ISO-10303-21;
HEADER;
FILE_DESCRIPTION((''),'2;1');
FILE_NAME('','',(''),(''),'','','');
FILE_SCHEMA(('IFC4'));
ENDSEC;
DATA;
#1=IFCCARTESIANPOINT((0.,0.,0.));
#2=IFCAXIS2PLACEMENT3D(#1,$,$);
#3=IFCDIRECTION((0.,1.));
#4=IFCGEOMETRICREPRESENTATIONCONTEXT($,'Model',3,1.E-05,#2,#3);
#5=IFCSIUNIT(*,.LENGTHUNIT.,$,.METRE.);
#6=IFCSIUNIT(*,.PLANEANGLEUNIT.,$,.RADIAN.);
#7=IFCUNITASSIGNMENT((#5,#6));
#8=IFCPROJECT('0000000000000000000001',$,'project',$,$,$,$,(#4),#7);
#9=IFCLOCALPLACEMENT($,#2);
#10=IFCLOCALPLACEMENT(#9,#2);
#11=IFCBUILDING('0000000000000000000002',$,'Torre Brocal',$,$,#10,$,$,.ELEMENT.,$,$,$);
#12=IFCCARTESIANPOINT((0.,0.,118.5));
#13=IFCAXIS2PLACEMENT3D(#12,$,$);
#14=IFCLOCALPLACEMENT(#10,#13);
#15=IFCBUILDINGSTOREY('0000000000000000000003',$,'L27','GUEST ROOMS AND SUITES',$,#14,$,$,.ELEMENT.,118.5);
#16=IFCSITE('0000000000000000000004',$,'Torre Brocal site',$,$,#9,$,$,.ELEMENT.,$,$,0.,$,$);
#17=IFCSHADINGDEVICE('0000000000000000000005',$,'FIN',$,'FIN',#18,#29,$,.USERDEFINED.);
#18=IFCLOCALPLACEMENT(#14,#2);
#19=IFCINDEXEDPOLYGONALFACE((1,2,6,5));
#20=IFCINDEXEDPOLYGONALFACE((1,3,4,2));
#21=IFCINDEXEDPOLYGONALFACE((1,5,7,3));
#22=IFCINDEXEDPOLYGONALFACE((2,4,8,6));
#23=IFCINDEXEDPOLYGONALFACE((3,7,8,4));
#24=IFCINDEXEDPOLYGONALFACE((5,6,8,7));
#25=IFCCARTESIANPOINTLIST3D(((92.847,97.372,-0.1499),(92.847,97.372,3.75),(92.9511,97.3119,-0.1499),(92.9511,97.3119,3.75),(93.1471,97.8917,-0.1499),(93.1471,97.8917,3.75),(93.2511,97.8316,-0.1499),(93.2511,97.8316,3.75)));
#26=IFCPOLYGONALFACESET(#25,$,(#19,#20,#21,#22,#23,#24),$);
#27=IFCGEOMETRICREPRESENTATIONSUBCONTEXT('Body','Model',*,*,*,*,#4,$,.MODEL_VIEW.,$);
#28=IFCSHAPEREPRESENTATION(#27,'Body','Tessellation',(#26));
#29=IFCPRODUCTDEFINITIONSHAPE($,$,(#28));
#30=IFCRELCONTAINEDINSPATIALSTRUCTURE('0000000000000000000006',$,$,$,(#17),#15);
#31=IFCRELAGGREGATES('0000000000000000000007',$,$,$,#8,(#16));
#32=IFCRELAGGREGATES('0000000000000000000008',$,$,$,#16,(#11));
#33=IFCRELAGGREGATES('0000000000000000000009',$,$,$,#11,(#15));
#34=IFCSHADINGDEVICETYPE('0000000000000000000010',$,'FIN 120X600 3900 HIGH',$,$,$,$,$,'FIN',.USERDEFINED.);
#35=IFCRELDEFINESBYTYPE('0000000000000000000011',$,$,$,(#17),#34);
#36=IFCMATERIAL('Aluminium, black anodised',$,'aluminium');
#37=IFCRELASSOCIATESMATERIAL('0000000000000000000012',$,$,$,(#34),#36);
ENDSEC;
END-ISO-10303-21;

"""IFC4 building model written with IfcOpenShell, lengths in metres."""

from ifc_helpers import new_model, si_unit, direction, frame, origin, origin_2d, place, context, subcontext, project, spatial, rectangle, extrude, material, material_profile, profile_set, type_object, element, save


model = new_model("IFC4")

# Units and contexts
model_context = context("Model", 3, precision=1e-05, world=origin(), true_north=direction((0.0, 1.0)))
body_context = subcontext(model_context, "Body", "Model", "MODEL_VIEW")
ifc_project = project(units=[si_unit("LENGTHUNIT", "METRE"), si_unit("PLANEANGLEUNIT", "RADIAN")], contexts=[model_context])

# Site, building, storey
site_placement = place(None, origin())
site = spatial("IfcSite", under=ifc_project, at=site_placement, Name="Torre Brocal site", CompositionType="ELEMENT", RefElevation=0.0)
building_placement = place(site_placement, origin())
building = spatial("IfcBuilding", under=site, at=building_placement, Name="Torre Brocal", CompositionType="ELEMENT")
storey_placement = place(building_placement, frame((0.0, 0.0, 118.5)))
storey = spatial("IfcBuildingStorey", under=building, at=storey_placement, Name="L27", Description="GUEST ROOMS AND SUITES", CompositionType="ELEMENT", Elevation=118.5)

# Shading device
ifc_material_1 = material(Name="Aluminium, black anodised", Category="aluminium")
ifc_material_profile_1 = material_profile(ifc_material_1, rectangle(XDim=0.1201, YDim=0.6001, at=origin_2d()), Name="FIN 120X600 3900 HIGH")
ifc_profile_set_1 = profile_set([ifc_material_profile_1], Name="Aluminium, black anodised")
shading_device_type = type_object("IfcShadingDeviceType", Name="FIN 120X600 3900 HIGH", ElementType="FIN", PredefinedType="USERDEFINED", material=ifc_profile_set_1)
for number, where, z_axis, x_axis, name in (
    (1, (93.0491, 97.6018, -0.1499), (0.0, 0.0, 1.0), (-0.866025, 0.5, 0.0), "FIN"),
):
    element("IfcShadingDevice", number, at=place(storey_placement, frame(where, z_axis=z_axis, x_axis=x_axis)), inside=storey, type_object=shading_device_type, Name=name, ObjectType="FIN", PredefinedType="USERDEFINED", context=body_context, shape_type="SweptSolid", body=[
        extrude(rectangle(XDim=0.1201, YDim=0.6001, at=origin_2d()), origin(), (0.0, 0.0, 1.0), 3.8999),
    ])

save(model, "model.ifc")
